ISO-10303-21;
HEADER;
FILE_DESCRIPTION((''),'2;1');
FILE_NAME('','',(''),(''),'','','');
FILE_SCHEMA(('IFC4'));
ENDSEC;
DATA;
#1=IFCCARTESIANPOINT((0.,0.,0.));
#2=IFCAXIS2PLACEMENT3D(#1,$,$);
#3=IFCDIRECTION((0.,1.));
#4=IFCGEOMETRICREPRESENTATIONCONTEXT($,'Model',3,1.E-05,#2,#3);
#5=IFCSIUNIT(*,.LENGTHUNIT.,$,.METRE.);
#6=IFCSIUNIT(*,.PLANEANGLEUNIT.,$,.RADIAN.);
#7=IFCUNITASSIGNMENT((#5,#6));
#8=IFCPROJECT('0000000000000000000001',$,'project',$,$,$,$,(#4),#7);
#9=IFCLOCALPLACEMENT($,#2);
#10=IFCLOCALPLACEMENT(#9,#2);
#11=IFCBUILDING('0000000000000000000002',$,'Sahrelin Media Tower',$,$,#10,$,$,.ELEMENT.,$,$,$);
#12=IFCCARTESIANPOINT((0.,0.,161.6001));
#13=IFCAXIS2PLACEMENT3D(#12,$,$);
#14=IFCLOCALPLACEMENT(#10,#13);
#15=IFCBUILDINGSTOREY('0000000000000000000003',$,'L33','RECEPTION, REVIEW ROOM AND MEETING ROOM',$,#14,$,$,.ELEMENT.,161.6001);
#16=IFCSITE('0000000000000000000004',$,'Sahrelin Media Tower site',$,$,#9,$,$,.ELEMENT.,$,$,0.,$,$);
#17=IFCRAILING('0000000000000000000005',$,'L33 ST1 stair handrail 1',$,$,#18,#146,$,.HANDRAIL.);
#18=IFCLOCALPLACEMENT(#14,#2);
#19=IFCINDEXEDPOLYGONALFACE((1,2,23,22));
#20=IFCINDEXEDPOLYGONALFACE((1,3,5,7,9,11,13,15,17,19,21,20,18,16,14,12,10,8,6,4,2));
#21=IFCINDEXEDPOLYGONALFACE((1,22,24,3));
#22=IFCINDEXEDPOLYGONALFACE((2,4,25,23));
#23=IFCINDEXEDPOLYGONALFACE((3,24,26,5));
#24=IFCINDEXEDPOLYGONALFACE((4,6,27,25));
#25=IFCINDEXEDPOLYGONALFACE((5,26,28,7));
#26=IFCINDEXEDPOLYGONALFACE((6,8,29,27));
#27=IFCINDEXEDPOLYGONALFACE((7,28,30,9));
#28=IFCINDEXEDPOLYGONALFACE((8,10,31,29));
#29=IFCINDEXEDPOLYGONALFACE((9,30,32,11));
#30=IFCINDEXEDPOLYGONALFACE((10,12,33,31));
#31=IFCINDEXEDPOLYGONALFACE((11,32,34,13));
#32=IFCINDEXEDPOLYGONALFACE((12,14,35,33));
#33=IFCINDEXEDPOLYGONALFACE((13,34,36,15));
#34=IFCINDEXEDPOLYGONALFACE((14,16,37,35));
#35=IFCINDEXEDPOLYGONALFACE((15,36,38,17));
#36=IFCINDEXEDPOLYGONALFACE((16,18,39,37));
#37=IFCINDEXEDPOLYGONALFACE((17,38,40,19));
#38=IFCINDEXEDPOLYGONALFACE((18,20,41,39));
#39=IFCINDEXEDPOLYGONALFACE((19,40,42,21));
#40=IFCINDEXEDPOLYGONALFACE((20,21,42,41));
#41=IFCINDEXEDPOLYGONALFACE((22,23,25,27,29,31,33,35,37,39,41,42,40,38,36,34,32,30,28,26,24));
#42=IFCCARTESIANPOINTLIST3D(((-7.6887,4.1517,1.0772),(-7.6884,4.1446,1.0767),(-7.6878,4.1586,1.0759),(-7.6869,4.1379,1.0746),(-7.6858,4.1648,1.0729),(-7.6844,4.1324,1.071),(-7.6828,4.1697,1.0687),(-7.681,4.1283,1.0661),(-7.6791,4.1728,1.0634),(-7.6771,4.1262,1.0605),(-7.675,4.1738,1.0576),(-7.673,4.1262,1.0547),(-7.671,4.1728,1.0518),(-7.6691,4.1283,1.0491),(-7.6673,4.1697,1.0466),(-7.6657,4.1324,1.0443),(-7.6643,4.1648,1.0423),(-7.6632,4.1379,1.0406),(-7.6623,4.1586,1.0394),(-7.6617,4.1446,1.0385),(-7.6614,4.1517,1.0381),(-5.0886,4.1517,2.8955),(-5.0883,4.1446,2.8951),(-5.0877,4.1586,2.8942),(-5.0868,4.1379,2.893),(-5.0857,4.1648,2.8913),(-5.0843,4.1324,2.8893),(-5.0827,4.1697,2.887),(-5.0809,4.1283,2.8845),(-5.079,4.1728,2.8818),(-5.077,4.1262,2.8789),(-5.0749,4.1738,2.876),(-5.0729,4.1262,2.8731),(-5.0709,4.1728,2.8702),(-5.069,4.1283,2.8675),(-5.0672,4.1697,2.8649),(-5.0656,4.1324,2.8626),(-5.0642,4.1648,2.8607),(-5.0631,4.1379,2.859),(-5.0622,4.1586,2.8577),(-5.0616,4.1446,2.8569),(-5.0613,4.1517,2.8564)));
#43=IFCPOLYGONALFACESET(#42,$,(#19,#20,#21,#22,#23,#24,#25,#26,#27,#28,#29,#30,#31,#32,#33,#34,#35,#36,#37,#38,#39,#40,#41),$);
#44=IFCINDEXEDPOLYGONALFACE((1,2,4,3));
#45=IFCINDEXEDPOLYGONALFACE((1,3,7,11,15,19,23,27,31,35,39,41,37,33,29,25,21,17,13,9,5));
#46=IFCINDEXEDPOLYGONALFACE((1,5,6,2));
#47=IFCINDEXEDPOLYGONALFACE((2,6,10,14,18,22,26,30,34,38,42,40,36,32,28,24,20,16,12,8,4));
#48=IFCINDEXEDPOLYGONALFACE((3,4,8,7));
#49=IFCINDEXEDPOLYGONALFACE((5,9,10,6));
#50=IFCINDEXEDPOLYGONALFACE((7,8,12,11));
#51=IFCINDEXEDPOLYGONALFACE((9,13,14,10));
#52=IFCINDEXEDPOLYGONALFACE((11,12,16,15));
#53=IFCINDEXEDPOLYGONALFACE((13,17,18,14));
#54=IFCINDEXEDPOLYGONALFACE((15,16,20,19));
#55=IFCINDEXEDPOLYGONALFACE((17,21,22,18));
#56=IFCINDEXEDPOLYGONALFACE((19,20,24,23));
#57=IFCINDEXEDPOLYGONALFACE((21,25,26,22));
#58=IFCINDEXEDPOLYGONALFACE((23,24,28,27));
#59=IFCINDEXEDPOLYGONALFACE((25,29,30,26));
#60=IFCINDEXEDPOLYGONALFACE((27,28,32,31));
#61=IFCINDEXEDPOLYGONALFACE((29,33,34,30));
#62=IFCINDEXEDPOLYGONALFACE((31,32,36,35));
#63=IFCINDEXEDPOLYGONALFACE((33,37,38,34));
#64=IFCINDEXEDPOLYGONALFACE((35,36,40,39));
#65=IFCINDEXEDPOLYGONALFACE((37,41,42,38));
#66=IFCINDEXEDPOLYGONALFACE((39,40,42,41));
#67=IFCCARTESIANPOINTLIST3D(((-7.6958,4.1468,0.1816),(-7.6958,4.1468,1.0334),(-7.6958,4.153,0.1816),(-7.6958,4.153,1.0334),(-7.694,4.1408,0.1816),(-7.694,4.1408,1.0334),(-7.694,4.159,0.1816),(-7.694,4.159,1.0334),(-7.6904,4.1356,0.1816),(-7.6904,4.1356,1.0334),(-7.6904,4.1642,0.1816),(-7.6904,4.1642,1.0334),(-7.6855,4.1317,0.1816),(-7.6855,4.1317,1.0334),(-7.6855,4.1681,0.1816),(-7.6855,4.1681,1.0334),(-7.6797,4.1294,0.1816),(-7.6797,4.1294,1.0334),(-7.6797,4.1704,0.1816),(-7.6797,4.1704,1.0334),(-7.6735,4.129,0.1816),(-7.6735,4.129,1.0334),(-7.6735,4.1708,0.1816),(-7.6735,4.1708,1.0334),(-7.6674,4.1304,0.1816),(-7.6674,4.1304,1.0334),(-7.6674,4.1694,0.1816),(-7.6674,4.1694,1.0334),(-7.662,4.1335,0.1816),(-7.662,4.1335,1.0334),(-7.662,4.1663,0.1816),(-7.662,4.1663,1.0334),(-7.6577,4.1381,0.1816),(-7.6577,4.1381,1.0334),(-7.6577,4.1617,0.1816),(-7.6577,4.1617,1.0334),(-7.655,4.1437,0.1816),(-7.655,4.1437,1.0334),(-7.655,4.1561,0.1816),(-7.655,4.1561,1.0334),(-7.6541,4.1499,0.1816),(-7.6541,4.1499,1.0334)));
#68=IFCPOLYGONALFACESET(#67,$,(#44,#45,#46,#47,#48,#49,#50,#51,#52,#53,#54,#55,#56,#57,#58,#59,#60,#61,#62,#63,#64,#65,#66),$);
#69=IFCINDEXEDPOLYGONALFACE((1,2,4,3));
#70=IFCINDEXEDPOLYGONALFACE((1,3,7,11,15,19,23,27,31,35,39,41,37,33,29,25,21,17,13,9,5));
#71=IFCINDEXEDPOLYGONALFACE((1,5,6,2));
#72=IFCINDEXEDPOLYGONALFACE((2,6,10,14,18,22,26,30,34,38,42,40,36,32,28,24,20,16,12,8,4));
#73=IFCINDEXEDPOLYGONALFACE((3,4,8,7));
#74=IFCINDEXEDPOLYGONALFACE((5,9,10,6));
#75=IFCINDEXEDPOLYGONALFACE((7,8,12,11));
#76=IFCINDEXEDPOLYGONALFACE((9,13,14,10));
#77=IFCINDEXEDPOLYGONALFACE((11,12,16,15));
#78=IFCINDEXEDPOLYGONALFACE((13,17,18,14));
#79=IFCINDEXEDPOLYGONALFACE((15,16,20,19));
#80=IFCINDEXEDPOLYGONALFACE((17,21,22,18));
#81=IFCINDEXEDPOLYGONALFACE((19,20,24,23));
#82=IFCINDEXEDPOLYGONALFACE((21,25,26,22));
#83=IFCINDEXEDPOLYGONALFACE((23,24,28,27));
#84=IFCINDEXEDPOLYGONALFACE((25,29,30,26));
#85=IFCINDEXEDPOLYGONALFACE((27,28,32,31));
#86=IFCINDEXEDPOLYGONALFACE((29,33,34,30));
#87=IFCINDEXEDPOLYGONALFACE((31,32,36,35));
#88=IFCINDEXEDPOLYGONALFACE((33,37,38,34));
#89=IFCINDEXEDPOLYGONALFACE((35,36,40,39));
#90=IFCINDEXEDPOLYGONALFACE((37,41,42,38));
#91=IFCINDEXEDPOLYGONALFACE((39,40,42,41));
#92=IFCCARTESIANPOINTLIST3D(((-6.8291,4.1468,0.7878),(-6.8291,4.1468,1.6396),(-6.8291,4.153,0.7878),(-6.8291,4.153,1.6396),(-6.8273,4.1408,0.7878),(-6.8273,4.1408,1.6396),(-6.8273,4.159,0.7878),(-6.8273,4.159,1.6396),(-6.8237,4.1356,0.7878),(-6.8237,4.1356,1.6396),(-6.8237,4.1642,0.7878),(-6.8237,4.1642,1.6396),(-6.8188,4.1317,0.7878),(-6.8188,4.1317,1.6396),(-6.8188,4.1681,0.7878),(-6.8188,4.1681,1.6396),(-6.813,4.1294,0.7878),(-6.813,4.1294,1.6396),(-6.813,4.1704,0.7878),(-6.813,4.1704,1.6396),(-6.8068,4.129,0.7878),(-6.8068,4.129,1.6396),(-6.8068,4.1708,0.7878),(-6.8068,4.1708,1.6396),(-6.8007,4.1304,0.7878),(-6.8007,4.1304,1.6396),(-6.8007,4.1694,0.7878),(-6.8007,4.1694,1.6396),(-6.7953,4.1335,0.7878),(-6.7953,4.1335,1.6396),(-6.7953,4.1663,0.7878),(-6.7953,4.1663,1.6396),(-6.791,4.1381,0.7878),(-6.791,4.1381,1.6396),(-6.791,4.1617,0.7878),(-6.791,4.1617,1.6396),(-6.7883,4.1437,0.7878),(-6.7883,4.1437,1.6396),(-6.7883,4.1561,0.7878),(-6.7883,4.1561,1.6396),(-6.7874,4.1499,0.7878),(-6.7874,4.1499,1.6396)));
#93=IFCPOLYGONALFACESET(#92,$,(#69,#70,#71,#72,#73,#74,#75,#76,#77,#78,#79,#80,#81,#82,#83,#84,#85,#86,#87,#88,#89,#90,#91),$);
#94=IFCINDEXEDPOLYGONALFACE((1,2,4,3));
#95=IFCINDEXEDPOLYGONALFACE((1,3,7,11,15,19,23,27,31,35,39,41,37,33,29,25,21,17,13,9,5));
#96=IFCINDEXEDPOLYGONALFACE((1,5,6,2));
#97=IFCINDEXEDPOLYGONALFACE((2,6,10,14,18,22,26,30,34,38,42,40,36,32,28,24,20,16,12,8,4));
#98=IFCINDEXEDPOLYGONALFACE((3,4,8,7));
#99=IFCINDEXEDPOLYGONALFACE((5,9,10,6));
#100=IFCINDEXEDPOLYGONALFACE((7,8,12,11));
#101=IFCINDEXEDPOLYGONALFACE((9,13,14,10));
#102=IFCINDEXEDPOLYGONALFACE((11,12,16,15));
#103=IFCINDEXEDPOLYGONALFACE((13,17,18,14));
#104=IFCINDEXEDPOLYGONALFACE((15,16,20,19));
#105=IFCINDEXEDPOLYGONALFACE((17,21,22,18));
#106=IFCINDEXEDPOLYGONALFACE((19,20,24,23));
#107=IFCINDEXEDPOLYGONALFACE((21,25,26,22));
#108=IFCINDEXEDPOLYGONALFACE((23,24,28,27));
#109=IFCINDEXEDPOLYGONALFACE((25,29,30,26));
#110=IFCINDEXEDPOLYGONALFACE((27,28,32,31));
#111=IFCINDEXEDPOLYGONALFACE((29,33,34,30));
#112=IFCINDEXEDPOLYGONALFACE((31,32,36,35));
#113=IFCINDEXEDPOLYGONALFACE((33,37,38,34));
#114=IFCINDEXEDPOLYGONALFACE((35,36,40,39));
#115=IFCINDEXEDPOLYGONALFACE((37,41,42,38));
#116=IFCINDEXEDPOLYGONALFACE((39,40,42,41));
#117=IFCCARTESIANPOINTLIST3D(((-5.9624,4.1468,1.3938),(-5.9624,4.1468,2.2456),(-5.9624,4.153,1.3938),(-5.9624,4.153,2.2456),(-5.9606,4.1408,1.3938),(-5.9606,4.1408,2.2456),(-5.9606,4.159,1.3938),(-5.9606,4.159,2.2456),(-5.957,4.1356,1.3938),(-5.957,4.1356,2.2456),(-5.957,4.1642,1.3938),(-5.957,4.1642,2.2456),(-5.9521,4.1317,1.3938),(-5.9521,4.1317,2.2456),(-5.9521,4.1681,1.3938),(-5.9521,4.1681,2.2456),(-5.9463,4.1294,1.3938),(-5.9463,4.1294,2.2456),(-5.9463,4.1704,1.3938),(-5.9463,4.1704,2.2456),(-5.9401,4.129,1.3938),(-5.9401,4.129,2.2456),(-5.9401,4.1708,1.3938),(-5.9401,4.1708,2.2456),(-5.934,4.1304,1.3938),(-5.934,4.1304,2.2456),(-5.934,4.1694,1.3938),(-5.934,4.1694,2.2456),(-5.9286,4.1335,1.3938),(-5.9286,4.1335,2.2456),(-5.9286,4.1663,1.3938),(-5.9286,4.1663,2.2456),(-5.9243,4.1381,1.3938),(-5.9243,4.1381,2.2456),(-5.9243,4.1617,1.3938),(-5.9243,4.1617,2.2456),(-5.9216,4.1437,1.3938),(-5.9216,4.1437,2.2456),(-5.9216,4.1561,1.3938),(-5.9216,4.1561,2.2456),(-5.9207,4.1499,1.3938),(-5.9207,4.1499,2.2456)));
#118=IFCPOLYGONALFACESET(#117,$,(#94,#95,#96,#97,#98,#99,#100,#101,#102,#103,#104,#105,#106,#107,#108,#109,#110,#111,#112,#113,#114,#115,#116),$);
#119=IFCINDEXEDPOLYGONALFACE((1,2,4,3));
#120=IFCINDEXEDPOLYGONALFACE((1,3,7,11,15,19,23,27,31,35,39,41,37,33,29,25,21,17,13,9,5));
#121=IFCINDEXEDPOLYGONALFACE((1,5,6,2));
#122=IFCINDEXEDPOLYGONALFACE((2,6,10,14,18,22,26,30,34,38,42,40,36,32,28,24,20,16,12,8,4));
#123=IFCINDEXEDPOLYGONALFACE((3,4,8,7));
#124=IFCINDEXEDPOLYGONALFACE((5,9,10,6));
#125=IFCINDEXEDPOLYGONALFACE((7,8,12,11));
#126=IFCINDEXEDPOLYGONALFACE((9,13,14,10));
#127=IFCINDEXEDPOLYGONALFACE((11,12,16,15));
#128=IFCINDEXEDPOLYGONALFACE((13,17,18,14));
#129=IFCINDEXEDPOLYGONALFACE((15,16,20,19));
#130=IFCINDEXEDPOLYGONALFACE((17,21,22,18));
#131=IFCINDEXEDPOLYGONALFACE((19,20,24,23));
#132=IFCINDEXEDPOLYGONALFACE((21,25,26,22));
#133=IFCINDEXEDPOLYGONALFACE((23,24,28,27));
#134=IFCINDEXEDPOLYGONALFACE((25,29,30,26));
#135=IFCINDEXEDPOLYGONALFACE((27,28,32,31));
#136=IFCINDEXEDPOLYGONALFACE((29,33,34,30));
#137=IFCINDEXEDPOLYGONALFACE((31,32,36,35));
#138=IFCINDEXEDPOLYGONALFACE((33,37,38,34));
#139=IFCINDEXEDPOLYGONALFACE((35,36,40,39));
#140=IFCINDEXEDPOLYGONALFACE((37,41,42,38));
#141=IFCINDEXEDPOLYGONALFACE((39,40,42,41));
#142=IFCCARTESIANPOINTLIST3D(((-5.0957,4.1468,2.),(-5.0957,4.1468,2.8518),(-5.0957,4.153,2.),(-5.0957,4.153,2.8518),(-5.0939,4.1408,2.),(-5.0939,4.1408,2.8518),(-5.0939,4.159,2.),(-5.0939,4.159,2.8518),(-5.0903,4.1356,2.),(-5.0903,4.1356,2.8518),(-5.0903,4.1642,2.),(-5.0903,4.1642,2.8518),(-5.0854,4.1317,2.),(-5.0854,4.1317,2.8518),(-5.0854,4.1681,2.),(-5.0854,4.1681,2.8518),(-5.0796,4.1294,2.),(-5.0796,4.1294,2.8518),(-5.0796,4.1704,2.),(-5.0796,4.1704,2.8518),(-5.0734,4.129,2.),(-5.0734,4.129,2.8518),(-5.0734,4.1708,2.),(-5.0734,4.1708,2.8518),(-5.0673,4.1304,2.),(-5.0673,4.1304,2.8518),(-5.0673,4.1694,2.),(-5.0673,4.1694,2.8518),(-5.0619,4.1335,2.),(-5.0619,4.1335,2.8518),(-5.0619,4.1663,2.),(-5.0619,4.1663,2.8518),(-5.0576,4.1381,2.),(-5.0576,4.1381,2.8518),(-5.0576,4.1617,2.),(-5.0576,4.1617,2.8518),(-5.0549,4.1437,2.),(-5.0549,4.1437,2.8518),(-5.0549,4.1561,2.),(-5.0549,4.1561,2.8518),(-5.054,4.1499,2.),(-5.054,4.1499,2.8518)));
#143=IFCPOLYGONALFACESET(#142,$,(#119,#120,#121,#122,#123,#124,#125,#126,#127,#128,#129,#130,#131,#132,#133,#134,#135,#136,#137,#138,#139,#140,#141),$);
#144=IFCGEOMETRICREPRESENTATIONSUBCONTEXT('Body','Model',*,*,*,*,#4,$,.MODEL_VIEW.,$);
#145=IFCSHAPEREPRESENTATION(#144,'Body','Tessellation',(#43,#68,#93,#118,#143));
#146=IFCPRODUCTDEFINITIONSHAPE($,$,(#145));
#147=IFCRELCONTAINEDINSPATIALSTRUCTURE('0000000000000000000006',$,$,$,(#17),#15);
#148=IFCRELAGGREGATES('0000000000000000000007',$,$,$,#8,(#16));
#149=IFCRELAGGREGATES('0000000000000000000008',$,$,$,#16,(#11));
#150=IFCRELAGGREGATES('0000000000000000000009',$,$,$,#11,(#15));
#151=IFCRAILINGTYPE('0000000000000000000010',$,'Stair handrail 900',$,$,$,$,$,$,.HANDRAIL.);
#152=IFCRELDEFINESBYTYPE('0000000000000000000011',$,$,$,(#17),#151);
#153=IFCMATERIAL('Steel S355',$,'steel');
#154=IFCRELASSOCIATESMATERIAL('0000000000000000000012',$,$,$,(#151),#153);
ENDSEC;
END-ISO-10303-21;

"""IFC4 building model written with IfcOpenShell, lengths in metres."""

from ifc_helpers import new_model, si_unit, direction, frame, origin, origin_2d, place, context, subcontext, project, spatial, circle, extrude, material, type_object, element, save


model = new_model("IFC4")

# Units and contexts
model_context = context("Model", 3, precision=1e-05, world=origin(), true_north=direction((0.0, 1.0)))
body_context = subcontext(model_context, "Body", "Model", "MODEL_VIEW")
ifc_project = project(units=[si_unit("LENGTHUNIT", "METRE"), si_unit("PLANEANGLEUNIT", "RADIAN")], contexts=[model_context])

# Site, building, storey
site_placement = place(None, origin())
site = spatial("IfcSite", under=ifc_project, at=site_placement, Name="Sahrelin Media Tower site", CompositionType="ELEMENT", RefElevation=0.0)
building_placement = place(site_placement, origin())
building = spatial("IfcBuilding", under=site, at=building_placement, Name="Sahrelin Media Tower", CompositionType="ELEMENT")
storey_placement = place(building_placement, frame((0.0, 0.0, 161.6001)))
storey = spatial("IfcBuildingStorey", under=building, at=storey_placement, Name="L33", Description="RECEPTION, REVIEW ROOM AND MEETING ROOM", CompositionType="ELEMENT", Elevation=161.6001)

# Shared definitions
ifc_material_1 = material(Name="Steel S355", Category="steel")

# Railing
railing_type_1 = type_object("IfcRailingType", Name="Stair handrail 900", PredefinedType="HANDRAIL", material=ifc_material_1)
railing_1_placement = place(storey_placement, frame((-7.675, 4.1499, 0.1816)))
element("IfcRailing", 1, at=railing_1_placement, inside=storey, type_object=railing_type_1, Name="L33 ST1 stair handrail 1", PredefinedType="HANDRAIL", context=body_context, shape_type="SweptSolid", body=[
    extrude(circle(Radius=0.0239, at=origin_2d()), frame((0.0, 0.0, 0.876), z_axis=(0.819485, 0.0, 0.573101), x_axis=(0.0, 1.0, 0.0)), (0.0, 0.0, 1.0), 3.1729),
    extrude(circle(Radius=0.021, at=origin_2d()), origin(), (0.0, 0.0, 1.0), 0.8518),
    extrude(circle(Radius=0.021, at=origin_2d()), frame((0.8667, 0.0, 0.6062)), (0.0, 0.0, 1.0), 0.8518),
    extrude(circle(Radius=0.021, at=origin_2d()), frame((1.7334, 0.0, 1.2122)), (0.0, 0.0, 1.0), 0.8518),
    extrude(circle(Radius=0.021, at=origin_2d()), frame((2.6001, 0.0, 1.8184)), (0.0, 0.0, 1.0), 0.8518),
])

save(model, "model.ifc")
